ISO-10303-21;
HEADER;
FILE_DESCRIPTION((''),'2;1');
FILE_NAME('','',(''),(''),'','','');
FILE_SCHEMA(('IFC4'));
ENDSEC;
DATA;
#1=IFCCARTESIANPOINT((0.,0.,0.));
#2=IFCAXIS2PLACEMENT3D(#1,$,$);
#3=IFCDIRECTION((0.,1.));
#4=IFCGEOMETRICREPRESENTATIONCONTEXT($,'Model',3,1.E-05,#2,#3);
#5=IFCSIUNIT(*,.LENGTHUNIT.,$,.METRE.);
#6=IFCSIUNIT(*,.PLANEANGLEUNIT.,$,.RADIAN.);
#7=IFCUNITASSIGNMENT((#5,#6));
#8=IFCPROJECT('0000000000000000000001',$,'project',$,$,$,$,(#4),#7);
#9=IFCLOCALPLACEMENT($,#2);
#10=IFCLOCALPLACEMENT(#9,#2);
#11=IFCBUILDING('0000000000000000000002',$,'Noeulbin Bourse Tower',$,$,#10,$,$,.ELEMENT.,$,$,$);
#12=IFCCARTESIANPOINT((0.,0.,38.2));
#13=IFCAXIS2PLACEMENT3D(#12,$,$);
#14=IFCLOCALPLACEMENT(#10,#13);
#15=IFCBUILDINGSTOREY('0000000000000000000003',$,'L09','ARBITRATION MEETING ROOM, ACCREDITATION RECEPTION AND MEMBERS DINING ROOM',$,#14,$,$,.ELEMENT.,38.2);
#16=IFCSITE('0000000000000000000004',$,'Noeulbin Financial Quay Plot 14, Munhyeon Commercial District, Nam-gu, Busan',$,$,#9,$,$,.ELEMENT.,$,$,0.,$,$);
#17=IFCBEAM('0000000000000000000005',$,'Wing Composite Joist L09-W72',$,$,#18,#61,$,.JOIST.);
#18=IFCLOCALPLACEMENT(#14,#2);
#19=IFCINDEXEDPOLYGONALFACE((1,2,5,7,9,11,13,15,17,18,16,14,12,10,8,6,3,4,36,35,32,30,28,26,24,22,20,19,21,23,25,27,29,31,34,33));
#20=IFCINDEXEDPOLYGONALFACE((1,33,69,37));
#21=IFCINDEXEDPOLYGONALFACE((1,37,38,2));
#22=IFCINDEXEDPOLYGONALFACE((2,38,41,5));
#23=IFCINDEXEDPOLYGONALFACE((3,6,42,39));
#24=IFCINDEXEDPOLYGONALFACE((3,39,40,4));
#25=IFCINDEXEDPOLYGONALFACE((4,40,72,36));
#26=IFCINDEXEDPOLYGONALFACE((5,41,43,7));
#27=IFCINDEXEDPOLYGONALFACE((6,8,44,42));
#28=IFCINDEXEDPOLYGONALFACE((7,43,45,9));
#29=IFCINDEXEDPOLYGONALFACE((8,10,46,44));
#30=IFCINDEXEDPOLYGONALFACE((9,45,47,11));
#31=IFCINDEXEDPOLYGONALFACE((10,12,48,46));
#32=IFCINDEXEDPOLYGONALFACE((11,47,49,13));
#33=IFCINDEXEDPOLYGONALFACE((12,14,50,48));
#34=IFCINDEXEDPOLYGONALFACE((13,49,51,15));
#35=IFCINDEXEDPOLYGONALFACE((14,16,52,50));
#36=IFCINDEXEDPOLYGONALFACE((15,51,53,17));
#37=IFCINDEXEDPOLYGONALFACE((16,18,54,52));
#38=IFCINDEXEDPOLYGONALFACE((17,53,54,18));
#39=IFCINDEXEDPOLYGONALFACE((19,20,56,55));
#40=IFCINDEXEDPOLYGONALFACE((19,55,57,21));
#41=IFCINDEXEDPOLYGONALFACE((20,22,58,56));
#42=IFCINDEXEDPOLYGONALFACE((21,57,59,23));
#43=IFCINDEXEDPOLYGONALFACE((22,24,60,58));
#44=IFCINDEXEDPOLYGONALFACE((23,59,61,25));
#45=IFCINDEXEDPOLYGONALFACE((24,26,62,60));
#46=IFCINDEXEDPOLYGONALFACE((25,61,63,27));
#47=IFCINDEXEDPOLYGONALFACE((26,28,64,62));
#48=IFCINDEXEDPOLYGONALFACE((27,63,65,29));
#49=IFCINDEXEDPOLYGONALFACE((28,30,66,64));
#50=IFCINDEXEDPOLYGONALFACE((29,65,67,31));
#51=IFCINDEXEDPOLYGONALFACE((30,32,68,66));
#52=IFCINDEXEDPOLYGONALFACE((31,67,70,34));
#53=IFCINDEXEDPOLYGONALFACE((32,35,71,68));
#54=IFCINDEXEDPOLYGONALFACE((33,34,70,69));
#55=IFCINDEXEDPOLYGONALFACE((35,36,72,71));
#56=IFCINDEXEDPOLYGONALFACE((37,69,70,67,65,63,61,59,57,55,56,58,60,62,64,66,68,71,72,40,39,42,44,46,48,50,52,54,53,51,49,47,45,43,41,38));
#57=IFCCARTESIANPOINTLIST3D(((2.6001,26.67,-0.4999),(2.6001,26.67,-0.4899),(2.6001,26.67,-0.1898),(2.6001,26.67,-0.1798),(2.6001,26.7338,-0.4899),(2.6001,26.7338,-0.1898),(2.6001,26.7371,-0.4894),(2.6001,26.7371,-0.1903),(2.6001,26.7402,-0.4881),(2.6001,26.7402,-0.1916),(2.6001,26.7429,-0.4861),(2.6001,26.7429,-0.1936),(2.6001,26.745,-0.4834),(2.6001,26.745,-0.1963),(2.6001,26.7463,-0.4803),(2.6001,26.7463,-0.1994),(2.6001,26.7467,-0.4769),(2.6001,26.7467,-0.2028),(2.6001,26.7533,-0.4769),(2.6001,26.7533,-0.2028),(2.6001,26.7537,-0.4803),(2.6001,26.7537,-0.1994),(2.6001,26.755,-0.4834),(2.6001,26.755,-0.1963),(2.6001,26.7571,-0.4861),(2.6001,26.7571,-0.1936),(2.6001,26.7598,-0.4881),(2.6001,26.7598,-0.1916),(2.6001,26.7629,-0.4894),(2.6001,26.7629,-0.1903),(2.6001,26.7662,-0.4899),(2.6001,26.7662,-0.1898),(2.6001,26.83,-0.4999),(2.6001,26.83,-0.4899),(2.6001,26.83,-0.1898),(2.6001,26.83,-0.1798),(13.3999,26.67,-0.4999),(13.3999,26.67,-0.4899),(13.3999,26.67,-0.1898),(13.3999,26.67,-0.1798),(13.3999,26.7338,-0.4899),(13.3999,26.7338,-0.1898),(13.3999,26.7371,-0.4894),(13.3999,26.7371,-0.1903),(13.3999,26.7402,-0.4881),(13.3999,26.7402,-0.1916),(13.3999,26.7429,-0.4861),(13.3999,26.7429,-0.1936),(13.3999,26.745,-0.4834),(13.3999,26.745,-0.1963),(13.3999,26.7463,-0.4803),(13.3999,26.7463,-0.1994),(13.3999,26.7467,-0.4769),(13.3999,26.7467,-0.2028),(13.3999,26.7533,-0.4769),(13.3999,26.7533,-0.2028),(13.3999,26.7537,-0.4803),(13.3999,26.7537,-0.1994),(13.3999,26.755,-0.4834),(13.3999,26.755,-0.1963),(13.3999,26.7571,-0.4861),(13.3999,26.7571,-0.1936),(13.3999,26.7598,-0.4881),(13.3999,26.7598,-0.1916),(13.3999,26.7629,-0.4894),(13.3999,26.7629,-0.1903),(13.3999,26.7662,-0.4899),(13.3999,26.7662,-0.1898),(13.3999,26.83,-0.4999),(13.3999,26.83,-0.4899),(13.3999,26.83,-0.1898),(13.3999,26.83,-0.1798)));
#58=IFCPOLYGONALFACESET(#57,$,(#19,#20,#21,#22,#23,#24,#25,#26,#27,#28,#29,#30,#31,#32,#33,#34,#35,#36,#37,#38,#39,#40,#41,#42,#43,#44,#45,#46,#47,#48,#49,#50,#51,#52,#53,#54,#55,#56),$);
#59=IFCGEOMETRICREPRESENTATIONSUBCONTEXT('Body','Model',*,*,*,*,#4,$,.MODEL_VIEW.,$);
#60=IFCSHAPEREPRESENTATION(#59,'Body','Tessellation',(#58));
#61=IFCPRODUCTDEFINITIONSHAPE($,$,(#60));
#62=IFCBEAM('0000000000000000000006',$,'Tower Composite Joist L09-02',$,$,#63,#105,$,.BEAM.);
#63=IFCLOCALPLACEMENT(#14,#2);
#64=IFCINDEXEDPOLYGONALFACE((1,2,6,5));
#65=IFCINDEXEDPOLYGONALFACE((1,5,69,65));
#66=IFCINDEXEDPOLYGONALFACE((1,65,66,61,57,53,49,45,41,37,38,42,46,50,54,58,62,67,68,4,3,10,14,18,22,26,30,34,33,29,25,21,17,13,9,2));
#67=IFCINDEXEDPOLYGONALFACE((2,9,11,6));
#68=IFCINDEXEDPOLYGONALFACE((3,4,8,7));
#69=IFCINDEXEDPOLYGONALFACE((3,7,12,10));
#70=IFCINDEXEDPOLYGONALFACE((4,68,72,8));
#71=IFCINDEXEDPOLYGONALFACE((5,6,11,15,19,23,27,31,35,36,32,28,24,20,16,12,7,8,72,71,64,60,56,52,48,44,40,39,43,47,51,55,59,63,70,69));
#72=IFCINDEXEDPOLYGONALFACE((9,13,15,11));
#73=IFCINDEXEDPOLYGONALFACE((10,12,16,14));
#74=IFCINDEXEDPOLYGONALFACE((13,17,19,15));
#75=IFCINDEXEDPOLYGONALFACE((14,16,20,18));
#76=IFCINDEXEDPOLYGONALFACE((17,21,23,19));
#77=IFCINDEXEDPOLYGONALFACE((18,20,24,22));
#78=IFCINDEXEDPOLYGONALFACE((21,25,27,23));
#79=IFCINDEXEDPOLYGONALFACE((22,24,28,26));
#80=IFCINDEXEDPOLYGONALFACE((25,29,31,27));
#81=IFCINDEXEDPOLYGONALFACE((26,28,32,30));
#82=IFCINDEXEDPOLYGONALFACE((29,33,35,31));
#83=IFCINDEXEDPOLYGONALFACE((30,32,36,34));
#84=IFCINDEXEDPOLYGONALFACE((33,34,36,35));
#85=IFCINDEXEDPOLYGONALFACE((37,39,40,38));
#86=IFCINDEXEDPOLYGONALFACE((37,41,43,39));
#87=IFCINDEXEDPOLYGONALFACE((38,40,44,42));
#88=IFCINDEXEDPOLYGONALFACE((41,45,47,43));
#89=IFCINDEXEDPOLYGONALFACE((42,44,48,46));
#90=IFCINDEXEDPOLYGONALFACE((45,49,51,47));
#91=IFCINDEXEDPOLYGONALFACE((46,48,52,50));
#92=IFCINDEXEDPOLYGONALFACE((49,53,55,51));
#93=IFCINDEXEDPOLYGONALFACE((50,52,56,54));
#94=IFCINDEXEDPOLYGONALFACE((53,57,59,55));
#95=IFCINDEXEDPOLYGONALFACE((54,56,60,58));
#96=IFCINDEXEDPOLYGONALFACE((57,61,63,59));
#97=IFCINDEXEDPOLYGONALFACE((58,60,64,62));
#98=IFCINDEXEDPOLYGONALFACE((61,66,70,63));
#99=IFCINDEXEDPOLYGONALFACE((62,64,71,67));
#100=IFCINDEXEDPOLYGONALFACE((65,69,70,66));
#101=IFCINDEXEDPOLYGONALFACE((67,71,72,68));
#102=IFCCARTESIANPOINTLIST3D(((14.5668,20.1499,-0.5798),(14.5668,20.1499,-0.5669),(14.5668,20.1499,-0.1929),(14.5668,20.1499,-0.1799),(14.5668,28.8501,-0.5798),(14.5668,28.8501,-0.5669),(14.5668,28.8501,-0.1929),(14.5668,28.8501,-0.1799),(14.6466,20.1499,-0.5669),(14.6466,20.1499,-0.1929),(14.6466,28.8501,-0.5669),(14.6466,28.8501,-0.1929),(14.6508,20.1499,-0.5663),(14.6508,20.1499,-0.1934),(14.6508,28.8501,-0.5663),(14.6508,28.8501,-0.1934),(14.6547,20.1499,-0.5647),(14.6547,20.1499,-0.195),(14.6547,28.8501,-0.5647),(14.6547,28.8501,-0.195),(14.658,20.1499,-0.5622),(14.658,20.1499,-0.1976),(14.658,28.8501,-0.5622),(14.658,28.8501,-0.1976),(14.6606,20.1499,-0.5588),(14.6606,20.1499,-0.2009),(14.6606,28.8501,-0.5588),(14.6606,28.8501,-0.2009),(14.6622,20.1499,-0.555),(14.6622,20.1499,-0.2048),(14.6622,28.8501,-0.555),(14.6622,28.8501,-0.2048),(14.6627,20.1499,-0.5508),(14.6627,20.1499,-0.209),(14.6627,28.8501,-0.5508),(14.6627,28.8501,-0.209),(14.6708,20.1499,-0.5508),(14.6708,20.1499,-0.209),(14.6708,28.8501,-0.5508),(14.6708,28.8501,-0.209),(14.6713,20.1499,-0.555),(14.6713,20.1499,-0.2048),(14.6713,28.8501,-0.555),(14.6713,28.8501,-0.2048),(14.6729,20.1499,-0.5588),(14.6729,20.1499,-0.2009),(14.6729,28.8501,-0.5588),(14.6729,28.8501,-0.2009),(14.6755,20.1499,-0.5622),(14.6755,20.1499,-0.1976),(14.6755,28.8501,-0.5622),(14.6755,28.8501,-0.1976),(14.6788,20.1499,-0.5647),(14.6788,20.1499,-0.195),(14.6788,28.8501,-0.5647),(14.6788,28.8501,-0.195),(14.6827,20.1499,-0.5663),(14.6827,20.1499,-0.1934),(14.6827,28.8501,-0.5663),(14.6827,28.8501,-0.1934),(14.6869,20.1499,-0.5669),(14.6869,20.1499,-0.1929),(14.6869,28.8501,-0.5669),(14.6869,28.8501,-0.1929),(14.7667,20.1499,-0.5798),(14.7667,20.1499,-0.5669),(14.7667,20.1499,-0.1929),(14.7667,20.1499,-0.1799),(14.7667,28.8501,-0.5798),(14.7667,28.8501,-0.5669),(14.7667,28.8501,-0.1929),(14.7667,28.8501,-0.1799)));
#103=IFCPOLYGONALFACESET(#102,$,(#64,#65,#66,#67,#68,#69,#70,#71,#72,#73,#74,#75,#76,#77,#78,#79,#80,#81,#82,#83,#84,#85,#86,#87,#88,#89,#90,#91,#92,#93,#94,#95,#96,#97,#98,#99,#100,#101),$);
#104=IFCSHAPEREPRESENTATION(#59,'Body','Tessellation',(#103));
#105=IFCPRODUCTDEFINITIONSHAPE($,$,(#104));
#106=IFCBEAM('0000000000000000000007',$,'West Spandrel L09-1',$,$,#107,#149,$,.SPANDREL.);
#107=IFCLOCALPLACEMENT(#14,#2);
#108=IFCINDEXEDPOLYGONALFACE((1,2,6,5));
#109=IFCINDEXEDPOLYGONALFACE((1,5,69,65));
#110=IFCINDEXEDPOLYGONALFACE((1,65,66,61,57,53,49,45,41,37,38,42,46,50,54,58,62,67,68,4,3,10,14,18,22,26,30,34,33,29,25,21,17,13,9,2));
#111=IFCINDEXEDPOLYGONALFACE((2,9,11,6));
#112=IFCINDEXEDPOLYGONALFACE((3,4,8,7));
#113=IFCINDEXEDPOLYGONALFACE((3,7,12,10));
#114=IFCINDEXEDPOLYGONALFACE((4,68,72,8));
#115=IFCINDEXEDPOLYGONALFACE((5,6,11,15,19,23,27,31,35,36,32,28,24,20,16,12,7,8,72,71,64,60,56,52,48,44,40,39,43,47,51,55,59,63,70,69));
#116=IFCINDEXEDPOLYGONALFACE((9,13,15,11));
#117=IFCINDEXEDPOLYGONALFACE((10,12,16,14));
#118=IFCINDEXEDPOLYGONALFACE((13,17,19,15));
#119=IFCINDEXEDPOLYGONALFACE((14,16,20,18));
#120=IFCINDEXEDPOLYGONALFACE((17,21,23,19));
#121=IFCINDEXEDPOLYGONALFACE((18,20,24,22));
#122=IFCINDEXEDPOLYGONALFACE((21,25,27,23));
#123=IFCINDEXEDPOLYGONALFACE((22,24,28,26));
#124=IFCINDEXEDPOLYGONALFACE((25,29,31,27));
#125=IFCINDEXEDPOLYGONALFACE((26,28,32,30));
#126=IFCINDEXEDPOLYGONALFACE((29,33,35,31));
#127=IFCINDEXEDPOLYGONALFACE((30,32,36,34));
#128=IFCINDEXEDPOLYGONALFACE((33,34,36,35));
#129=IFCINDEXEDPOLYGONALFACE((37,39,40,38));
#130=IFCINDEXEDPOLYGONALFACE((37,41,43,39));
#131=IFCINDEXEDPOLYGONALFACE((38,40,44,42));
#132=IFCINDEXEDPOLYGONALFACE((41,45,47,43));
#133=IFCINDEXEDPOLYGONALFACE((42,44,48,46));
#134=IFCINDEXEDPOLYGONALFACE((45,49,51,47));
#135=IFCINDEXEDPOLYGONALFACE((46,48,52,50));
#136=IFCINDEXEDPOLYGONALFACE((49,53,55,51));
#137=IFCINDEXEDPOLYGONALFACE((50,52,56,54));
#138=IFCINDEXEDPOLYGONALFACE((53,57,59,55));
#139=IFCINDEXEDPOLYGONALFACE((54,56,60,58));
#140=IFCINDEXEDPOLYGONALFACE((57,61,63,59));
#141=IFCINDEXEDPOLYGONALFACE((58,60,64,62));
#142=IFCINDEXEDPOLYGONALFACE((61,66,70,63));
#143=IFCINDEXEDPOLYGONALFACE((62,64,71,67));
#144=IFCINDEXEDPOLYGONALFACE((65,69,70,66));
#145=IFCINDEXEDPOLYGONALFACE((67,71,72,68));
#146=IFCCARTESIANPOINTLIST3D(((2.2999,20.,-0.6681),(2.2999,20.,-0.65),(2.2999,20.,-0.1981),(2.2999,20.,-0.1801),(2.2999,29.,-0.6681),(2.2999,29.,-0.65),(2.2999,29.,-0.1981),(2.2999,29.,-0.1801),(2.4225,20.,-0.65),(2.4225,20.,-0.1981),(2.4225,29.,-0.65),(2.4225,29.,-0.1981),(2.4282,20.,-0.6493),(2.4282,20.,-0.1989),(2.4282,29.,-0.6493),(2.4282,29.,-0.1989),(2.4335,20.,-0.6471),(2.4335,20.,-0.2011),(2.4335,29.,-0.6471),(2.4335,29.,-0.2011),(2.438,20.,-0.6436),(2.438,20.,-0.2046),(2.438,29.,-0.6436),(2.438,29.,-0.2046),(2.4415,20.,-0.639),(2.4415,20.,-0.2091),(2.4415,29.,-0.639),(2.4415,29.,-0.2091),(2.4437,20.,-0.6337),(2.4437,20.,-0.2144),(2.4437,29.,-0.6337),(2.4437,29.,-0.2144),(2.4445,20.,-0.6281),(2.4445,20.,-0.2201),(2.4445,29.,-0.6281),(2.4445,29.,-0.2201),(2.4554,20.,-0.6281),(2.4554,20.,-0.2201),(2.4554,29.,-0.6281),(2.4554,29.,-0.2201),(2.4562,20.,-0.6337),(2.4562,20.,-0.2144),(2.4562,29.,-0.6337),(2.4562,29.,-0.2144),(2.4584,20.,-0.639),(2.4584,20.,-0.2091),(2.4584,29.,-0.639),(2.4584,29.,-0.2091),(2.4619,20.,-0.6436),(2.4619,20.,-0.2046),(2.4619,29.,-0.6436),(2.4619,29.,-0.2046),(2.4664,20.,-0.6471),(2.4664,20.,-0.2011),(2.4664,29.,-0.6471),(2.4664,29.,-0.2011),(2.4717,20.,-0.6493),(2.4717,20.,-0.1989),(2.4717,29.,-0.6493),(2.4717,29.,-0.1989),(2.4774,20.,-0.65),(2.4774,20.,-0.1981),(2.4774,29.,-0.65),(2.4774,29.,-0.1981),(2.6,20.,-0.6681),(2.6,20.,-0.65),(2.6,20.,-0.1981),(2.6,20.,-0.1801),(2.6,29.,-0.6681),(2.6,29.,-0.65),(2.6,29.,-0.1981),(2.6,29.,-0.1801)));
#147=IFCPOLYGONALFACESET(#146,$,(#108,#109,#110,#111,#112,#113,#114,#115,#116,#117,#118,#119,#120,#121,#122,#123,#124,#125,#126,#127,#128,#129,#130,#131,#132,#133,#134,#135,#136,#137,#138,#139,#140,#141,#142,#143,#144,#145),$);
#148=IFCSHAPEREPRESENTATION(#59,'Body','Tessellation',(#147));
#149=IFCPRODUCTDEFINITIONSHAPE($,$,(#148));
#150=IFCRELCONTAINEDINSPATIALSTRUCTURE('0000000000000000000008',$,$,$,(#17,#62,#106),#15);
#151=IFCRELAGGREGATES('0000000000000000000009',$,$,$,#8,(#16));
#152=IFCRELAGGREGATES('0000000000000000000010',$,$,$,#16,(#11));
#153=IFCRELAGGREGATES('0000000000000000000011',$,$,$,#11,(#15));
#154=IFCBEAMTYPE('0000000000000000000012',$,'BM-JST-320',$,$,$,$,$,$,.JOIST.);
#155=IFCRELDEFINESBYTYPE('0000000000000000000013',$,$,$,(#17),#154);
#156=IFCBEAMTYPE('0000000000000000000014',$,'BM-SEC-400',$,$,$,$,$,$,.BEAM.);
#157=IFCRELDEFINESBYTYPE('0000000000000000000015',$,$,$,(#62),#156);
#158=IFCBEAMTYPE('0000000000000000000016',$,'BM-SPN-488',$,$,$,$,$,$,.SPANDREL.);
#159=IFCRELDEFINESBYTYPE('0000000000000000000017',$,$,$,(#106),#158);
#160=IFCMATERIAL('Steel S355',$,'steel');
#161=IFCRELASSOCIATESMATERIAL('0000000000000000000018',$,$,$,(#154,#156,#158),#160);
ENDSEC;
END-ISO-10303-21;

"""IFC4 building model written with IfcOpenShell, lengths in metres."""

from ifc_helpers import new_model, si_unit, direction, frame, origin, origin_2d, place, context, subcontext, project, spatial, i_section, extrude, material, material_profile, profile_set, type_object, element, save


model = new_model("IFC4")

# Units and contexts
model_context = context("Model", 3, precision=1e-05, world=origin(), true_north=direction((0.0, 1.0)))
body_context = subcontext(model_context, "Body", "Model", "MODEL_VIEW")
ifc_project = project(units=[si_unit("LENGTHUNIT", "METRE"), si_unit("PLANEANGLEUNIT", "RADIAN")], contexts=[model_context])

# Site, building, storey
site_placement = place(None, origin())
site = spatial("IfcSite", under=ifc_project, at=site_placement, Name="Noeulbin Financial Quay Plot 14, Munhyeon Commercial District, Nam-gu, Busan", CompositionType="ELEMENT", RefElevation=0.0)
building_placement = place(site_placement, origin())
building = spatial("IfcBuilding", under=site, at=building_placement, Name="Noeulbin Bourse Tower", CompositionType="ELEMENT")
storey_placement = place(building_placement, frame((0.0, 0.0, 38.2)))
storey = spatial("IfcBuildingStorey", under=building, at=storey_placement, Name="L09", Description="ARBITRATION MEETING ROOM, ACCREDITATION RECEPTION AND MEMBERS DINING ROOM", CompositionType="ELEMENT", Elevation=38.2)

# Beams
ifc_material_1 = material(Name="Steel S355", Category="steel")
ifc_material_profile_1 = material_profile(ifc_material_1, i_section(OverallWidth=0.1599, OverallDepth=0.3201, WebThickness=0.0066, FlangeThickness=0.01, FilletRadius=0.0129, at=origin_2d()), Name="H-320x160x6.5x10", Category="LoadBearing")
ifc_profile_set_1 = profile_set([ifc_material_profile_1], Name="Steel S355")
beam_type_1 = type_object("IfcBeamType", Name="BM-JST-320", PredefinedType="JOIST", material=ifc_profile_set_1)
for number, where, z_axis, x_axis, name in (
    (1, (2.6001, 26.75, -0.3398), (1.0, 0.0, 0.0), (0.0, 1.0, 0.0), "Wing Composite Joist L09-W72"),
):
    element("IfcBeam", number, at=place(storey_placement, frame(where, z_axis=z_axis, x_axis=x_axis)), inside=storey, type_object=beam_type_1, Name=name, PredefinedType="JOIST", context=body_context, shape_type="SweptSolid", body=[
        extrude(i_section(OverallWidth=0.1599, OverallDepth=0.3201, WebThickness=0.0066, FlangeThickness=0.01, FilletRadius=0.0129, at=origin_2d()), origin(), (0.0, 0.0, 1.0), 10.7998),
    ])
ifc_material_profile_2 = material_profile(ifc_material_1, i_section(OverallWidth=0.2, OverallDepth=0.3999, WebThickness=0.0081, FlangeThickness=0.0129, FilletRadius=0.0161, at=origin_2d()), Name="H-400x200x8x13", Category="LoadBearing")
ifc_profile_set_2 = profile_set([ifc_material_profile_2], Name="Steel S355")
beam_type_2 = type_object("IfcBeamType", Name="BM-SEC-400", PredefinedType="BEAM", material=ifc_profile_set_2)
beam_1_placement = place(storey_placement, frame((14.6667, 20.1499, -0.3799), z_axis=(0.0, 1.0, 0.0), x_axis=(-1.0, 0.0, 0.0)))
element("IfcBeam", 2, at=beam_1_placement, inside=storey, type_object=beam_type_2, Name="Tower Composite Joist L09-02", PredefinedType="BEAM", context=body_context, shape_type="SweptSolid", body=[
    extrude(i_section(OverallWidth=0.2, OverallDepth=0.3999, WebThickness=0.0081, FlangeThickness=0.0129, FilletRadius=0.0161, at=origin_2d()), origin(), (0.0, 0.0, 1.0), 8.7002),
])
ifc_material_profile_3 = material_profile(ifc_material_1, i_section(OverallWidth=0.3, OverallDepth=0.488, WebThickness=0.011, FlangeThickness=0.0181, FilletRadius=0.022, at=origin_2d()), Name="H-488x300x11x18", Category="LoadBearing")
ifc_profile_set_3 = profile_set([ifc_material_profile_3], Name="Steel S355")
beam_type_3 = type_object("IfcBeamType", Name="BM-SPN-488", PredefinedType="SPANDREL", material=ifc_profile_set_3)
beam_2_placement = place(storey_placement, frame((2.45, 20.0, -0.4241), z_axis=(0.0, 1.0, 0.0), x_axis=(-1.0, 0.0, 0.0)))
element("IfcBeam", 3, at=beam_2_placement, inside=storey, type_object=beam_type_3, Name="West Spandrel L09-1", PredefinedType="SPANDREL", context=body_context, shape_type="SweptSolid", body=[
    extrude(i_section(OverallWidth=0.3, OverallDepth=0.488, WebThickness=0.011, FlangeThickness=0.0181, FilletRadius=0.022, at=origin_2d()), origin(), (0.0, 0.0, 1.0), 9.0),
])

save(model, "model.ifc")
